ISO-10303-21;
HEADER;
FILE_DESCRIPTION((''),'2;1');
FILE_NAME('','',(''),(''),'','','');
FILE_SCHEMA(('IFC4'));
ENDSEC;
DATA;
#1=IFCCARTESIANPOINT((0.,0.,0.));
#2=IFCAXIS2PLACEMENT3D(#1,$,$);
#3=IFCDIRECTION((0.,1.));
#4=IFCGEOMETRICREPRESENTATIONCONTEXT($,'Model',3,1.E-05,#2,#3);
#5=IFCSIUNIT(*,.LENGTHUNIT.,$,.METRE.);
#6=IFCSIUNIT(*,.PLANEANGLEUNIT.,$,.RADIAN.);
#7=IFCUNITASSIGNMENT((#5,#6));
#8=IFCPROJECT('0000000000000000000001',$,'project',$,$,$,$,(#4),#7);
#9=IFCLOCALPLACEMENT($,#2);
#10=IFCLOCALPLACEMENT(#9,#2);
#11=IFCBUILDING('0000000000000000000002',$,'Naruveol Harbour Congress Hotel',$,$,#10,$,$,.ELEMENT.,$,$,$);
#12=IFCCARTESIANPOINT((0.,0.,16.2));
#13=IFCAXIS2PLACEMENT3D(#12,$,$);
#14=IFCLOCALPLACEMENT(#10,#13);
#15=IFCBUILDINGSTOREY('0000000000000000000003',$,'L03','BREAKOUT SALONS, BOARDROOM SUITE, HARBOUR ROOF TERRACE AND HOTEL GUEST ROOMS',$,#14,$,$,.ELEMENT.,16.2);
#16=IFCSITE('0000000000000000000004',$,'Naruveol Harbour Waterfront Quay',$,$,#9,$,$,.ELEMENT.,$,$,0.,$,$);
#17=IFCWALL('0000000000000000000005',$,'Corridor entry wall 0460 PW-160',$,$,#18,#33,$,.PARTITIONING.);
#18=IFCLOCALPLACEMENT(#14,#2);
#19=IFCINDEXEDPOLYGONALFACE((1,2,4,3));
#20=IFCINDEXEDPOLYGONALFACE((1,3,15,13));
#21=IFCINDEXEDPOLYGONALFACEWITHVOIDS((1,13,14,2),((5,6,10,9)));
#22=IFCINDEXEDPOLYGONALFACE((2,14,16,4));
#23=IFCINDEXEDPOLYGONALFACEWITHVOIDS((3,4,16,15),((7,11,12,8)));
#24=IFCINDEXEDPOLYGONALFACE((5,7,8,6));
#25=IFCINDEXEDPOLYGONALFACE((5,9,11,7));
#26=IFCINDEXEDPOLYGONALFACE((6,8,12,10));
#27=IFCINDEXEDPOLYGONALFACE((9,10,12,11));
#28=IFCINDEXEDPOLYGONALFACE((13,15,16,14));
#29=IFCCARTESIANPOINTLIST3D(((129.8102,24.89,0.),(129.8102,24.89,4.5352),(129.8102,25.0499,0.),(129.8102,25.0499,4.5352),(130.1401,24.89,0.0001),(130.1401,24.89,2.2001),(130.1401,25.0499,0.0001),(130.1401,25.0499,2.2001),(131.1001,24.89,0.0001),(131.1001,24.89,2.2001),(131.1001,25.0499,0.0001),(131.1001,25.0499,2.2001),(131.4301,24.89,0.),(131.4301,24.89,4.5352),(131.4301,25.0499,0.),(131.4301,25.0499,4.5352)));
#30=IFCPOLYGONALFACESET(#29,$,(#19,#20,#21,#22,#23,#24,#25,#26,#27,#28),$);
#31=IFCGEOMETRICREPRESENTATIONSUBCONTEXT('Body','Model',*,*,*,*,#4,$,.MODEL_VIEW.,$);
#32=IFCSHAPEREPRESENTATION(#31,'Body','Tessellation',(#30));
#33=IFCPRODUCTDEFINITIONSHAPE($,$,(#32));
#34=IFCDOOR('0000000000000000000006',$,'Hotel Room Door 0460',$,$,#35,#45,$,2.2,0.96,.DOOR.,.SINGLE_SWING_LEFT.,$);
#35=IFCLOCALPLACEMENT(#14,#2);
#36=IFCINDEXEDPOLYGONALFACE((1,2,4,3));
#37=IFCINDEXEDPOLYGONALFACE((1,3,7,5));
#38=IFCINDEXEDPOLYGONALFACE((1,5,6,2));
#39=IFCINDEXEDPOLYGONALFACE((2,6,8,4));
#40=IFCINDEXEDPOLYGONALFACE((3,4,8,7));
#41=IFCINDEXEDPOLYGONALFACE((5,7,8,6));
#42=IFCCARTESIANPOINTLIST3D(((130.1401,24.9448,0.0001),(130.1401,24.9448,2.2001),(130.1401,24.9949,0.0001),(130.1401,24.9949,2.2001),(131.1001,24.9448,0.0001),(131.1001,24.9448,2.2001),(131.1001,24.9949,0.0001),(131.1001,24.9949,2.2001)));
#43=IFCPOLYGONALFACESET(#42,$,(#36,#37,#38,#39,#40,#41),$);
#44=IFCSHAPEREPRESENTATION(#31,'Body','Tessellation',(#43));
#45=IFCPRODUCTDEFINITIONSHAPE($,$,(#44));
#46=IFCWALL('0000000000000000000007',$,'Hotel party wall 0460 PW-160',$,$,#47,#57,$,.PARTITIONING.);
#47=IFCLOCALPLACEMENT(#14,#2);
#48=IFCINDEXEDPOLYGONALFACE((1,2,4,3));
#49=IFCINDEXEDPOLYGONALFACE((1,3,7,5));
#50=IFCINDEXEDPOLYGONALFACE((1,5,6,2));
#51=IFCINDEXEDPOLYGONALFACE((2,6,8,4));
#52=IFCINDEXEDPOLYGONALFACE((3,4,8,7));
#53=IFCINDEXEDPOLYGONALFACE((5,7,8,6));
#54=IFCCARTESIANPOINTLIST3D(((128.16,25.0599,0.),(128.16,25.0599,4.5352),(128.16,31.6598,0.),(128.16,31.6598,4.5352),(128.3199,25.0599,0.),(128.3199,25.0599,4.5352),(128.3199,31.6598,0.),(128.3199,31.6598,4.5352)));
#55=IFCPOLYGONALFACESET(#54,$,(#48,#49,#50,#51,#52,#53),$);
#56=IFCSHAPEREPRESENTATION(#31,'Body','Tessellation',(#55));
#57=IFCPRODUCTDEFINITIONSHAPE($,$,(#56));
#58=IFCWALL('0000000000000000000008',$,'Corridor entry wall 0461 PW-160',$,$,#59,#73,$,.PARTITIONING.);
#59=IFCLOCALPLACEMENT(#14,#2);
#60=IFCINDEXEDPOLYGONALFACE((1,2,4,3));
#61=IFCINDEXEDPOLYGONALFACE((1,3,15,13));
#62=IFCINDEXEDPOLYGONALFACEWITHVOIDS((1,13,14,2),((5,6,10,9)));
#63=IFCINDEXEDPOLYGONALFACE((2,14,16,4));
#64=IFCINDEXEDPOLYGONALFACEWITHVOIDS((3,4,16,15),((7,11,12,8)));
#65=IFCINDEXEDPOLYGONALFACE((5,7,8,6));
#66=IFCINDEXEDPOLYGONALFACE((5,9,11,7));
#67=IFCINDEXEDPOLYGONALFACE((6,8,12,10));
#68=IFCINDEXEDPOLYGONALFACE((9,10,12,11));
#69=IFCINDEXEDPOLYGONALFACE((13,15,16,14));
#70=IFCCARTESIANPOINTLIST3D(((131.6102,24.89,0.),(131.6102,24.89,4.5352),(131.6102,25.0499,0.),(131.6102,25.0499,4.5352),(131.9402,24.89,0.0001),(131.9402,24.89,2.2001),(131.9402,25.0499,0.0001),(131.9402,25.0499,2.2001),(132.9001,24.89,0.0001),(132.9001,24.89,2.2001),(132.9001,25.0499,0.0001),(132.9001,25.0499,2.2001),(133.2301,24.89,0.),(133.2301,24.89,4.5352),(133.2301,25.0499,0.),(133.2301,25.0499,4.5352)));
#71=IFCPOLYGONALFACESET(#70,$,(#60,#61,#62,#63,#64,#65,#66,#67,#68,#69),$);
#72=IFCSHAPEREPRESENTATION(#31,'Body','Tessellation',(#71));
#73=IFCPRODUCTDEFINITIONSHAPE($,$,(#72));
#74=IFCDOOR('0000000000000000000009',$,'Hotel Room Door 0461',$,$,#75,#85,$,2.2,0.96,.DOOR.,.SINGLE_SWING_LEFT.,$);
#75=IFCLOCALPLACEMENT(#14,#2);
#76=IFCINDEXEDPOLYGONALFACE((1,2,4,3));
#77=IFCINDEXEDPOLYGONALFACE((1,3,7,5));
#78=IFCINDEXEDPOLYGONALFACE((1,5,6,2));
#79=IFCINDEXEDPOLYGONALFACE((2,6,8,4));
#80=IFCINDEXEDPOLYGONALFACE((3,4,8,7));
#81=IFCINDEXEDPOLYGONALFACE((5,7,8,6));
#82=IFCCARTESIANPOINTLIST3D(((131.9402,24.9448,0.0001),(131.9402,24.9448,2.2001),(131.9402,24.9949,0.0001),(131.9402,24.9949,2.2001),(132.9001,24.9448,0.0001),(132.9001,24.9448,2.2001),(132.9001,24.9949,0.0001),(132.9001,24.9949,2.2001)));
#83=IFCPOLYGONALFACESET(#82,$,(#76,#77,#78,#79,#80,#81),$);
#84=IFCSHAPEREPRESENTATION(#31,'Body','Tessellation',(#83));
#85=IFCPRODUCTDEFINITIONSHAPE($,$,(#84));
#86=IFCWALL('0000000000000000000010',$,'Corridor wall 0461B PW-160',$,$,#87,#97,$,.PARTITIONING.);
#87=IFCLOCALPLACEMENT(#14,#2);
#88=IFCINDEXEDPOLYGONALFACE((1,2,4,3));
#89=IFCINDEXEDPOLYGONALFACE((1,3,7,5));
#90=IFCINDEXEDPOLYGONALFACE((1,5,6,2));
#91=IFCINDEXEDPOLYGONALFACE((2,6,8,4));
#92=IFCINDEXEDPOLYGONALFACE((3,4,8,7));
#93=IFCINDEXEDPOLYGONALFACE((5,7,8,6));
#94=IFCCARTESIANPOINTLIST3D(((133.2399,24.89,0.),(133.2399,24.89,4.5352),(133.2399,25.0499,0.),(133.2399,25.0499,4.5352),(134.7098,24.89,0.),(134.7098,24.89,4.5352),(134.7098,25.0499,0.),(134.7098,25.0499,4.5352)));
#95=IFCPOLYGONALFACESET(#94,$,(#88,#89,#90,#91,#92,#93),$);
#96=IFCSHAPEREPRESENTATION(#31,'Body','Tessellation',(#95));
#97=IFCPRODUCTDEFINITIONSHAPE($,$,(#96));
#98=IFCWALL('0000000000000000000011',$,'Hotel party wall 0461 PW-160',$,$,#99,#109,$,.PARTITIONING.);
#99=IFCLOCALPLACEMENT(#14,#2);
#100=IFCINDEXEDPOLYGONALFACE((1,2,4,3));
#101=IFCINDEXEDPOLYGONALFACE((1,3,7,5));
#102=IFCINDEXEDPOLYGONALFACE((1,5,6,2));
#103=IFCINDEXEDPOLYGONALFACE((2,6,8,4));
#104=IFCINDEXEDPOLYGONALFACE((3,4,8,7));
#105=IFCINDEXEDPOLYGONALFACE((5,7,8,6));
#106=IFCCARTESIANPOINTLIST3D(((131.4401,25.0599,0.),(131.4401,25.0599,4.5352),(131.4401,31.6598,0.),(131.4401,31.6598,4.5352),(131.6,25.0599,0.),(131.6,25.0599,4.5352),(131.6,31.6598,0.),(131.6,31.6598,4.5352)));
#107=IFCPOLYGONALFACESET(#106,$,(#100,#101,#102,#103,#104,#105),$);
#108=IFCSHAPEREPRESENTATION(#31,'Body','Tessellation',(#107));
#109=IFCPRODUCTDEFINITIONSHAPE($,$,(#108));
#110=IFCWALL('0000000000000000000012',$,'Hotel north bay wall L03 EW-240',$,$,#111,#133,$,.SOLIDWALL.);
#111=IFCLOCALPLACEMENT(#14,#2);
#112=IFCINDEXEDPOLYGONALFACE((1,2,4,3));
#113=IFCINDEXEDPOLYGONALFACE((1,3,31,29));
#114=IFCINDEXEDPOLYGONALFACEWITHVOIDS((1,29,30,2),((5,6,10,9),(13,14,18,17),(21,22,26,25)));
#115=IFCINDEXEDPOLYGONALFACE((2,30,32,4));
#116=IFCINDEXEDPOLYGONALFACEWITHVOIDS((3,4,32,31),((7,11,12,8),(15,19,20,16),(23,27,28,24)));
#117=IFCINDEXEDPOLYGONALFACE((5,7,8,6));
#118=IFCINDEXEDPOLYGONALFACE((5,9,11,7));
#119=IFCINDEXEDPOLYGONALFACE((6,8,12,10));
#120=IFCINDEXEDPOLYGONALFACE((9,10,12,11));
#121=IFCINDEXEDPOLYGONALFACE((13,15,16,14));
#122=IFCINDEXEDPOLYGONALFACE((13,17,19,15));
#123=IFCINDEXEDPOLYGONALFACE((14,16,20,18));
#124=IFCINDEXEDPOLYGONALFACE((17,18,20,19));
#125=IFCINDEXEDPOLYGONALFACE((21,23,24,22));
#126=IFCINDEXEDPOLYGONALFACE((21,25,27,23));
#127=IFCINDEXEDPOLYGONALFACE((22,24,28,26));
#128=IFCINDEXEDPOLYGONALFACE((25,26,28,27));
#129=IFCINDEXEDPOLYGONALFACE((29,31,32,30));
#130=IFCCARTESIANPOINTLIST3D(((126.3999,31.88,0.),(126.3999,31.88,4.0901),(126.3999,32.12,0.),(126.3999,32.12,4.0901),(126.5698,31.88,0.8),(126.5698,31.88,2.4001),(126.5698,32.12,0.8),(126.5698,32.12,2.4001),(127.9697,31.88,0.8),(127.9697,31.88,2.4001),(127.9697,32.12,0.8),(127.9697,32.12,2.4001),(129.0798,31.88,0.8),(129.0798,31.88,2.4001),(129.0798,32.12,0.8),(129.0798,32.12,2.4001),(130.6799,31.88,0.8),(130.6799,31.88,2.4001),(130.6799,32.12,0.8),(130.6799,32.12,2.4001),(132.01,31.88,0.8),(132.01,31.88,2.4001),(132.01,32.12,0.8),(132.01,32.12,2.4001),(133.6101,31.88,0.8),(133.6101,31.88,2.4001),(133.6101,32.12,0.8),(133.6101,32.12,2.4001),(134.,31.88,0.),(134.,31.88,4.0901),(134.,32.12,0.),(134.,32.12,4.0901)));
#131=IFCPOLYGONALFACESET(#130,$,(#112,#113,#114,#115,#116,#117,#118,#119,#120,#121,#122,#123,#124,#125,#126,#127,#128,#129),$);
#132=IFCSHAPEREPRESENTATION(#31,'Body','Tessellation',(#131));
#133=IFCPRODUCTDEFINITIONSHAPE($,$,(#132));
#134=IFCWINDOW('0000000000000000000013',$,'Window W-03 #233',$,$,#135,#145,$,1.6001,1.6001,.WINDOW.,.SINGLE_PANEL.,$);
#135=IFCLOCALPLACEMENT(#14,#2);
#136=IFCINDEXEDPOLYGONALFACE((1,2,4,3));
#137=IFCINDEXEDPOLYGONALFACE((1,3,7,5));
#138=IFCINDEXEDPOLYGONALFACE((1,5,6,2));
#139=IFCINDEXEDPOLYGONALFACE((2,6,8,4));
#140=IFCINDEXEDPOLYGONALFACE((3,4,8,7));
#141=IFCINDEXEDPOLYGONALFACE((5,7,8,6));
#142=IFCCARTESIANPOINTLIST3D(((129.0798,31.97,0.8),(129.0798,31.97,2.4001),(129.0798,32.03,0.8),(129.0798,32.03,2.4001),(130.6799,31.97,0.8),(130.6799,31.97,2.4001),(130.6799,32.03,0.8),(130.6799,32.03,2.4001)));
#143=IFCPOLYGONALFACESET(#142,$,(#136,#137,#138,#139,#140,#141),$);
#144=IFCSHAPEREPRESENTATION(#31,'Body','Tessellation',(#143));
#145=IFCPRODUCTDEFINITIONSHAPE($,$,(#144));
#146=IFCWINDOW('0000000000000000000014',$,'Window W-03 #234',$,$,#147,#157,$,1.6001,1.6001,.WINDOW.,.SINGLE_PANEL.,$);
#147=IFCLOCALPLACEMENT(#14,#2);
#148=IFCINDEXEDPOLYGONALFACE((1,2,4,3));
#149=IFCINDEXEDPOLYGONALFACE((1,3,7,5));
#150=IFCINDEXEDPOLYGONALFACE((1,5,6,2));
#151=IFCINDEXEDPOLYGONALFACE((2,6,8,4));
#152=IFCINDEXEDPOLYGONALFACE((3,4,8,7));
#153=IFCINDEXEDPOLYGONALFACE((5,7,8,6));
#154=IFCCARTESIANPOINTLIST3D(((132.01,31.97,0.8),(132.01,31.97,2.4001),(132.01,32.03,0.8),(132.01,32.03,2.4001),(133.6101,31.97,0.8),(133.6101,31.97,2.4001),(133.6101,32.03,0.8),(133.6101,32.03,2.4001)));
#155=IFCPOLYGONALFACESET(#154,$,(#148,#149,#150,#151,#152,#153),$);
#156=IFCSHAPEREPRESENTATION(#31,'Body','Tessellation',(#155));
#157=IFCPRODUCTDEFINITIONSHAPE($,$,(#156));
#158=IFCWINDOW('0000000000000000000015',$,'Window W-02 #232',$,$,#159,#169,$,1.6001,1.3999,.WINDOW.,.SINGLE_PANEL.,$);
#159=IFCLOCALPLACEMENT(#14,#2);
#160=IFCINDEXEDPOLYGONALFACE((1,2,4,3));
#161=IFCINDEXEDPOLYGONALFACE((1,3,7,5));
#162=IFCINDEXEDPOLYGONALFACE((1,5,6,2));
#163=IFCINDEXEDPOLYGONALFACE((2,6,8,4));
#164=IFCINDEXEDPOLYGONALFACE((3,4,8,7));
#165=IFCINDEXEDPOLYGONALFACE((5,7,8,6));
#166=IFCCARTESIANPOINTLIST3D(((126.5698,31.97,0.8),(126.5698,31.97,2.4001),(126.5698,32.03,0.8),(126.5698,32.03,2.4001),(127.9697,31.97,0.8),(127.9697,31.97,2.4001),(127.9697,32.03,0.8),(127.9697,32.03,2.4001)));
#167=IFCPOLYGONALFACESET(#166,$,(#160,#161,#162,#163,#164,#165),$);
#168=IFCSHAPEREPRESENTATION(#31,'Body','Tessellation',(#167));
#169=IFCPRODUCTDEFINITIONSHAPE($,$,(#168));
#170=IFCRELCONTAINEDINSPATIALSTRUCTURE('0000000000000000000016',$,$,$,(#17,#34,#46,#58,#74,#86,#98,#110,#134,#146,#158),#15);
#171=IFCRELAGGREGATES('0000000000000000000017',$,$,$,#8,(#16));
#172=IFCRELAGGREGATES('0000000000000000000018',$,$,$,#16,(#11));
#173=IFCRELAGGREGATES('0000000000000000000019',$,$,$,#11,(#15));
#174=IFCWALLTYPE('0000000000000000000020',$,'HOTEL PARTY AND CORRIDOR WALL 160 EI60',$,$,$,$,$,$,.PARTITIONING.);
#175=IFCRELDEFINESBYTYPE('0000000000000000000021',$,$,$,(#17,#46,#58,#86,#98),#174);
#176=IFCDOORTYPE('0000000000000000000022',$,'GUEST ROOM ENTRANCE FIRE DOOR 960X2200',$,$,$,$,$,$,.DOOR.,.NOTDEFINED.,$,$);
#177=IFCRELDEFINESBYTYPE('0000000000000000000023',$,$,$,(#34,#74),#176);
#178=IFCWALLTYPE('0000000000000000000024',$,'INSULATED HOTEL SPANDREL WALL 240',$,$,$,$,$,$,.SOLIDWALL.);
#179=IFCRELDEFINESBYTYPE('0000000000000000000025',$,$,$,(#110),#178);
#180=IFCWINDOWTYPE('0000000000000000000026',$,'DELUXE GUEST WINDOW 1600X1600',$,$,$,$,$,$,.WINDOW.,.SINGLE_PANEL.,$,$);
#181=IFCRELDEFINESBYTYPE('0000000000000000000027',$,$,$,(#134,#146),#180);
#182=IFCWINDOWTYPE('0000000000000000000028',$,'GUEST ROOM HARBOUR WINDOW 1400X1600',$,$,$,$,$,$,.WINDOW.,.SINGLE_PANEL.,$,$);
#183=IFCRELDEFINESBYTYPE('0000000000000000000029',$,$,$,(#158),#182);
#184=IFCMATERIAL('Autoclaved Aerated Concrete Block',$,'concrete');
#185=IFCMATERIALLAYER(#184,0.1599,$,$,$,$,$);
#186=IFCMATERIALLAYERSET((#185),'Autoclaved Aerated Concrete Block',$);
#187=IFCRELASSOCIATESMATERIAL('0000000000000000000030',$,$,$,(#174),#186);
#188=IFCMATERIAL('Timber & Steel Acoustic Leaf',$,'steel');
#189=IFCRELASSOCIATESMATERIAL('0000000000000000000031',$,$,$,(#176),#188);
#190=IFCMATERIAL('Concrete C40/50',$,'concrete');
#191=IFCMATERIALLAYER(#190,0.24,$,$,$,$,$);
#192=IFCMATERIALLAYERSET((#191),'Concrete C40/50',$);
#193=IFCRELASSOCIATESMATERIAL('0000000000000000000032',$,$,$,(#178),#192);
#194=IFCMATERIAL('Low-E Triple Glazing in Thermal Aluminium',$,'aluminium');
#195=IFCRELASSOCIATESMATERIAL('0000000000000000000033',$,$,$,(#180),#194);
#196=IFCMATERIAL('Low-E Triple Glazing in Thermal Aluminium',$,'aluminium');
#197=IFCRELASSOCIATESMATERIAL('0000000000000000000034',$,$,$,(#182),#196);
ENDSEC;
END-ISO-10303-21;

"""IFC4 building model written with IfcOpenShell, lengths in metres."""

from ifc_helpers import new_model, si_unit, direction, frame, frame_2d, origin, place, context, subcontext, project, spatial, rectangle, extrude, material, layer, layer_set, type_object, element, fill, save


model = new_model("IFC4")

# Units and contexts
model_context = context("Model", 3, precision=1e-05, world=origin(), true_north=direction((0.0, 1.0)))
body_context = subcontext(model_context, "Body", "Model", "MODEL_VIEW")
ifc_project = project(units=[si_unit("LENGTHUNIT", "METRE"), si_unit("PLANEANGLEUNIT", "RADIAN")], contexts=[model_context])

# Site, building, storey
site_placement = place(None, origin())
site = spatial("IfcSite", under=ifc_project, at=site_placement, Name="Naruveol Harbour Waterfront Quay", CompositionType="ELEMENT", RefElevation=0.0)
building_placement = place(site_placement, origin())
building = spatial("IfcBuilding", under=site, at=building_placement, Name="Naruveol Harbour Congress Hotel", CompositionType="ELEMENT")
storey_placement = place(building_placement, frame((0.0, 0.0, 16.2)))
storey = spatial("IfcBuildingStorey", under=building, at=storey_placement, Name="L03", Description="BREAKOUT SALONS, BOARDROOM SUITE, HARBOUR ROOF TERRACE AND HOTEL GUEST ROOMS", CompositionType="ELEMENT", Elevation=16.2)

# Shared definitions
ifc_material_1 = material(Name="Autoclaved Aerated Concrete Block", Category="concrete")
ifc_layer_1 = layer(ifc_material_1, 0.1599)
ifc_layer_set_1 = layer_set([ifc_layer_1], Name="Autoclaved Aerated Concrete Block")
wall_type_1 = type_object("IfcWallType", Name="HOTEL PARTY AND CORRIDOR WALL 160 EI60", PredefinedType="PARTITIONING", material=ifc_layer_set_1)

# Shared definitions
ifc_material_2 = material(Name="Timber & Steel Acoustic Leaf", Category="steel")
door_type_1 = type_object("IfcDoorType", Name="GUEST ROOM ENTRANCE FIRE DOOR 960X2200", OperationType="NOTDEFINED", PredefinedType="DOOR", material=ifc_material_2)

# Wall, opening, door
wall_1_placement = place(storey_placement, frame((129.8101, 24.97, 0.0), z_axis=(0.0, 0.0, 1.0), x_axis=(1.0, 0.0, 0.0)))
wall_1 = element("IfcWall", 1, at=wall_1_placement, inside=storey, type_object=wall_type_1, Name="Corridor entry wall 0460 PW-160", PredefinedType="PARTITIONING", context=body_context, shape_type="SweptSolid", body=[
    extrude(rectangle(XDim=1.6199, YDim=0.1599, at=frame_2d((0.8101, 0.0))), origin(), (0.0, 0.0, 1.0), 4.5352),
])
opening_1_placement = place(wall_1_placement, frame((0.3301, 0.0, 0.0)))
opening_1 = element("IfcOpeningElement", 2, at=opening_1_placement, cuts=wall_1, PredefinedType="OPENING", context=body_context, shape_type="SweptSolid", body=[
    extrude(rectangle(XDim=0.96, YDim=2.2, at=frame_2d((0.48, 1.1001))), frame((0.0, 0.0898, 0.0), z_axis=(0.0, -1.0, 0.0), x_axis=(1.0, 0.0, 0.0)), (0.0, 0.0, 1.0), 0.1799),
])
door_1_placement = place(opening_1_placement, origin())
door_1 = element("IfcDoor", 3, at=door_1_placement, inside=storey, type_object=door_type_1, Name="Hotel Room Door 0460", OperationType="SINGLE_SWING_LEFT", OverallHeight=2.2, OverallWidth=0.96, PredefinedType="DOOR", context=body_context, shape_type="SweptSolid", body=[
    extrude(rectangle(XDim=0.96, YDim=2.2, at=frame_2d((0.48, 1.1001))), frame((0.0, 0.0249, 0.0), z_axis=(0.0, -1.0, 0.0), x_axis=(1.0, 0.0, 0.0)), (0.0, 0.0, 1.0), 0.05),
])
fill(opening_1, door_1)

# Wall
wall_2_placement = place(storey_placement, frame((128.24, 25.0601, 0.0), z_axis=(0.0, 0.0, 1.0), x_axis=(0.0, 1.0, 0.0)))
element("IfcWall", 4, at=wall_2_placement, inside=storey, type_object=wall_type_1, Name="Hotel party wall 0460 PW-160", PredefinedType="PARTITIONING", context=body_context, shape_type="SweptSolid", body=[
    extrude(rectangle(XDim=6.5999, YDim=0.1599, at=frame_2d((3.2998, 0.0))), origin(), (0.0, 0.0, 1.0), 4.5352),
])

# Wall, opening, door
wall_3_placement = place(storey_placement, frame((131.6101, 24.97, 0.0), z_axis=(0.0, 0.0, 1.0), x_axis=(1.0, 0.0, 0.0)))
wall_3 = element("IfcWall", 5, at=wall_3_placement, inside=storey, type_object=wall_type_1, Name="Corridor entry wall 0461 PW-160", PredefinedType="PARTITIONING", context=body_context, shape_type="SweptSolid", body=[
    extrude(rectangle(XDim=1.6199, YDim=0.1599, at=frame_2d((0.8101, 0.0))), origin(), (0.0, 0.0, 1.0), 4.5352),
])
opening_2_placement = place(wall_3_placement, frame((0.3301, 0.0, 0.0)))
opening_2 = element("IfcOpeningElement", 6, at=opening_2_placement, cuts=wall_3, PredefinedType="OPENING", context=body_context, shape_type="SweptSolid", body=[
    extrude(rectangle(XDim=0.96, YDim=2.2, at=frame_2d((0.48, 1.1001))), frame((0.0, 0.0898, 0.0), z_axis=(0.0, -1.0, 0.0), x_axis=(1.0, 0.0, 0.0)), (0.0, 0.0, 1.0), 0.1799),
])
door_2_placement = place(opening_2_placement, origin())
door_2 = element("IfcDoor", 7, at=door_2_placement, inside=storey, type_object=door_type_1, Name="Hotel Room Door 0461", OperationType="SINGLE_SWING_LEFT", OverallHeight=2.2, OverallWidth=0.96, PredefinedType="DOOR", context=body_context, shape_type="SweptSolid", body=[
    extrude(rectangle(XDim=0.96, YDim=2.2, at=frame_2d((0.48, 1.1001))), frame((0.0, 0.0249, 0.0), z_axis=(0.0, -1.0, 0.0), x_axis=(1.0, 0.0, 0.0)), (0.0, 0.0, 1.0), 0.05),
])
fill(opening_2, door_2)

# Walls
wall_4_placement = place(storey_placement, frame((133.24, 24.97, 0.0), z_axis=(0.0, 0.0, 1.0), x_axis=(1.0, 0.0, 0.0)))
element("IfcWall", 8, at=wall_4_placement, inside=storey, type_object=wall_type_1, Name="Corridor wall 0461B PW-160", PredefinedType="PARTITIONING", context=body_context, shape_type="SweptSolid", body=[
    extrude(rectangle(XDim=1.47, YDim=0.1599, at=frame_2d((0.7349, 0.0))), origin(), (0.0, 0.0, 1.0), 4.5352),
])
wall_5_placement = place(storey_placement, frame((131.52, 25.0601, 0.0), z_axis=(0.0, 0.0, 1.0), x_axis=(0.0, 1.0, 0.0)))
element("IfcWall", 9, at=wall_5_placement, inside=storey, type_object=wall_type_1, Name="Hotel party wall 0461 PW-160", PredefinedType="PARTITIONING", context=body_context, shape_type="SweptSolid", body=[
    extrude(rectangle(XDim=6.5999, YDim=0.1599, at=frame_2d((3.2998, 0.0))), origin(), (0.0, 0.0, 1.0), 4.5352),
])

# Wall, openings, windows
ifc_material_3 = material(Name="Concrete C40/50", Category="concrete")
ifc_layer_2 = layer(ifc_material_3, 0.24)
ifc_layer_set_2 = layer_set([ifc_layer_2], Name="Concrete C40/50")
wall_type_2 = type_object("IfcWallType", Name="INSULATED HOTEL SPANDREL WALL 240", PredefinedType="SOLIDWALL", material=ifc_layer_set_2)
wall_6_placement = place(storey_placement, frame((126.3999, 32.0, 0.0), z_axis=(0.0, 0.0, 1.0), x_axis=(1.0, 0.0, 0.0)))
wall_6 = element("IfcWall", 10, at=wall_6_placement, inside=storey, type_object=wall_type_2, Name="Hotel north bay wall L03 EW-240", PredefinedType="SOLIDWALL", context=body_context, shape_type="SweptSolid", body=[
    extrude(rectangle(XDim=7.6001, YDim=0.24, at=frame_2d((3.8, 0.0))), origin(), (0.0, 0.0, 1.0), 4.0901),
])
opening_3_placement = place(wall_6_placement, frame((0.1699, 0.0, 0.8)))
opening_3 = element("IfcOpeningElement", 11, at=opening_3_placement, cuts=wall_6, PredefinedType="OPENING", context=body_context, shape_type="SweptSolid", body=[
    extrude(rectangle(XDim=1.3999, YDim=1.6001, at=frame_2d((0.7, 0.8))), frame((0.0, 0.1299, 0.0), z_axis=(0.0, -1.0, 0.0), x_axis=(1.0, 0.0, 0.0)), (0.0, 0.0, 1.0), 0.26),
])
opening_4_placement = place(wall_6_placement, frame((2.6799, 0.0, 0.8)))
opening_4 = element("IfcOpeningElement", 12, at=opening_4_placement, cuts=wall_6, PredefinedType="OPENING", context=body_context, shape_type="SweptSolid", body=[
    extrude(rectangle(XDim=1.6001, YDim=1.6001, at=frame_2d((0.8, 0.8))), frame((0.0, 0.1299, 0.0), z_axis=(0.0, -1.0, 0.0), x_axis=(1.0, 0.0, 0.0)), (0.0, 0.0, 1.0), 0.26),
])
opening_5_placement = place(wall_6_placement, frame((5.6101, 0.0, 0.8)))
opening_5 = element("IfcOpeningElement", 13, at=opening_5_placement, cuts=wall_6, PredefinedType="OPENING", context=body_context, shape_type="SweptSolid", body=[
    extrude(rectangle(XDim=1.6001, YDim=1.6001, at=frame_2d((0.8, 0.8))), frame((0.0, 0.1299, 0.0), z_axis=(0.0, -1.0, 0.0), x_axis=(1.0, 0.0, 0.0)), (0.0, 0.0, 1.0), 0.26),
])
ifc_material_4 = material(Name="Low-E Triple Glazing in Thermal Aluminium", Category="aluminium")
window_type_1 = type_object("IfcWindowType", Name="DELUXE GUEST WINDOW 1600X1600", PartitioningType="SINGLE_PANEL", PredefinedType="WINDOW", material=ifc_material_4)
window_1_placement = place(opening_4_placement, origin())
window_1 = element("IfcWindow", 14, at=window_1_placement, inside=storey, type_object=window_type_1, Name="Window W-03 #233", OverallHeight=1.6001, OverallWidth=1.6001, PartitioningType="SINGLE_PANEL", PredefinedType="WINDOW", context=body_context, shape_type="SweptSolid", body=[
    extrude(rectangle(XDim=1.6001, YDim=1.6001, at=frame_2d((0.8, 0.8))), frame((0.0, 0.03, 0.0), z_axis=(0.0, -1.0, 0.0), x_axis=(1.0, 0.0, 0.0)), (0.0, 0.0, 1.0), 0.0601),
])
fill(opening_4, window_1)
window_2_placement = place(opening_5_placement, origin())
window_2 = element("IfcWindow", 15, at=window_2_placement, inside=storey, type_object=window_type_1, Name="Window W-03 #234", OverallHeight=1.6001, OverallWidth=1.6001, PartitioningType="SINGLE_PANEL", PredefinedType="WINDOW", context=body_context, shape_type="SweptSolid", body=[
    extrude(rectangle(XDim=1.6001, YDim=1.6001, at=frame_2d((0.8, 0.8))), frame((0.0, 0.03, 0.0), z_axis=(0.0, -1.0, 0.0), x_axis=(1.0, 0.0, 0.0)), (0.0, 0.0, 1.0), 0.0601),
])
fill(opening_5, window_2)
ifc_material_5 = material(Name="Low-E Triple Glazing in Thermal Aluminium", Category="aluminium")
window_type_2 = type_object("IfcWindowType", Name="GUEST ROOM HARBOUR WINDOW 1400X1600", PartitioningType="SINGLE_PANEL", PredefinedType="WINDOW", material=ifc_material_5)
window_3_placement = place(opening_3_placement, origin())
window_3 = element("IfcWindow", 16, at=window_3_placement, inside=storey, type_object=window_type_2, Name="Window W-02 #232", OverallHeight=1.6001, OverallWidth=1.3999, PartitioningType="SINGLE_PANEL", PredefinedType="WINDOW", context=body_context, shape_type="SweptSolid", body=[
    extrude(rectangle(XDim=1.3999, YDim=1.6001, at=frame_2d((0.7, 0.8))), frame((0.0, 0.03, 0.0), z_axis=(0.0, -1.0, 0.0), x_axis=(1.0, 0.0, 0.0)), (0.0, 0.0, 1.0), 0.0601),
])
fill(opening_3, window_3)

save(model, "model.ifc")
